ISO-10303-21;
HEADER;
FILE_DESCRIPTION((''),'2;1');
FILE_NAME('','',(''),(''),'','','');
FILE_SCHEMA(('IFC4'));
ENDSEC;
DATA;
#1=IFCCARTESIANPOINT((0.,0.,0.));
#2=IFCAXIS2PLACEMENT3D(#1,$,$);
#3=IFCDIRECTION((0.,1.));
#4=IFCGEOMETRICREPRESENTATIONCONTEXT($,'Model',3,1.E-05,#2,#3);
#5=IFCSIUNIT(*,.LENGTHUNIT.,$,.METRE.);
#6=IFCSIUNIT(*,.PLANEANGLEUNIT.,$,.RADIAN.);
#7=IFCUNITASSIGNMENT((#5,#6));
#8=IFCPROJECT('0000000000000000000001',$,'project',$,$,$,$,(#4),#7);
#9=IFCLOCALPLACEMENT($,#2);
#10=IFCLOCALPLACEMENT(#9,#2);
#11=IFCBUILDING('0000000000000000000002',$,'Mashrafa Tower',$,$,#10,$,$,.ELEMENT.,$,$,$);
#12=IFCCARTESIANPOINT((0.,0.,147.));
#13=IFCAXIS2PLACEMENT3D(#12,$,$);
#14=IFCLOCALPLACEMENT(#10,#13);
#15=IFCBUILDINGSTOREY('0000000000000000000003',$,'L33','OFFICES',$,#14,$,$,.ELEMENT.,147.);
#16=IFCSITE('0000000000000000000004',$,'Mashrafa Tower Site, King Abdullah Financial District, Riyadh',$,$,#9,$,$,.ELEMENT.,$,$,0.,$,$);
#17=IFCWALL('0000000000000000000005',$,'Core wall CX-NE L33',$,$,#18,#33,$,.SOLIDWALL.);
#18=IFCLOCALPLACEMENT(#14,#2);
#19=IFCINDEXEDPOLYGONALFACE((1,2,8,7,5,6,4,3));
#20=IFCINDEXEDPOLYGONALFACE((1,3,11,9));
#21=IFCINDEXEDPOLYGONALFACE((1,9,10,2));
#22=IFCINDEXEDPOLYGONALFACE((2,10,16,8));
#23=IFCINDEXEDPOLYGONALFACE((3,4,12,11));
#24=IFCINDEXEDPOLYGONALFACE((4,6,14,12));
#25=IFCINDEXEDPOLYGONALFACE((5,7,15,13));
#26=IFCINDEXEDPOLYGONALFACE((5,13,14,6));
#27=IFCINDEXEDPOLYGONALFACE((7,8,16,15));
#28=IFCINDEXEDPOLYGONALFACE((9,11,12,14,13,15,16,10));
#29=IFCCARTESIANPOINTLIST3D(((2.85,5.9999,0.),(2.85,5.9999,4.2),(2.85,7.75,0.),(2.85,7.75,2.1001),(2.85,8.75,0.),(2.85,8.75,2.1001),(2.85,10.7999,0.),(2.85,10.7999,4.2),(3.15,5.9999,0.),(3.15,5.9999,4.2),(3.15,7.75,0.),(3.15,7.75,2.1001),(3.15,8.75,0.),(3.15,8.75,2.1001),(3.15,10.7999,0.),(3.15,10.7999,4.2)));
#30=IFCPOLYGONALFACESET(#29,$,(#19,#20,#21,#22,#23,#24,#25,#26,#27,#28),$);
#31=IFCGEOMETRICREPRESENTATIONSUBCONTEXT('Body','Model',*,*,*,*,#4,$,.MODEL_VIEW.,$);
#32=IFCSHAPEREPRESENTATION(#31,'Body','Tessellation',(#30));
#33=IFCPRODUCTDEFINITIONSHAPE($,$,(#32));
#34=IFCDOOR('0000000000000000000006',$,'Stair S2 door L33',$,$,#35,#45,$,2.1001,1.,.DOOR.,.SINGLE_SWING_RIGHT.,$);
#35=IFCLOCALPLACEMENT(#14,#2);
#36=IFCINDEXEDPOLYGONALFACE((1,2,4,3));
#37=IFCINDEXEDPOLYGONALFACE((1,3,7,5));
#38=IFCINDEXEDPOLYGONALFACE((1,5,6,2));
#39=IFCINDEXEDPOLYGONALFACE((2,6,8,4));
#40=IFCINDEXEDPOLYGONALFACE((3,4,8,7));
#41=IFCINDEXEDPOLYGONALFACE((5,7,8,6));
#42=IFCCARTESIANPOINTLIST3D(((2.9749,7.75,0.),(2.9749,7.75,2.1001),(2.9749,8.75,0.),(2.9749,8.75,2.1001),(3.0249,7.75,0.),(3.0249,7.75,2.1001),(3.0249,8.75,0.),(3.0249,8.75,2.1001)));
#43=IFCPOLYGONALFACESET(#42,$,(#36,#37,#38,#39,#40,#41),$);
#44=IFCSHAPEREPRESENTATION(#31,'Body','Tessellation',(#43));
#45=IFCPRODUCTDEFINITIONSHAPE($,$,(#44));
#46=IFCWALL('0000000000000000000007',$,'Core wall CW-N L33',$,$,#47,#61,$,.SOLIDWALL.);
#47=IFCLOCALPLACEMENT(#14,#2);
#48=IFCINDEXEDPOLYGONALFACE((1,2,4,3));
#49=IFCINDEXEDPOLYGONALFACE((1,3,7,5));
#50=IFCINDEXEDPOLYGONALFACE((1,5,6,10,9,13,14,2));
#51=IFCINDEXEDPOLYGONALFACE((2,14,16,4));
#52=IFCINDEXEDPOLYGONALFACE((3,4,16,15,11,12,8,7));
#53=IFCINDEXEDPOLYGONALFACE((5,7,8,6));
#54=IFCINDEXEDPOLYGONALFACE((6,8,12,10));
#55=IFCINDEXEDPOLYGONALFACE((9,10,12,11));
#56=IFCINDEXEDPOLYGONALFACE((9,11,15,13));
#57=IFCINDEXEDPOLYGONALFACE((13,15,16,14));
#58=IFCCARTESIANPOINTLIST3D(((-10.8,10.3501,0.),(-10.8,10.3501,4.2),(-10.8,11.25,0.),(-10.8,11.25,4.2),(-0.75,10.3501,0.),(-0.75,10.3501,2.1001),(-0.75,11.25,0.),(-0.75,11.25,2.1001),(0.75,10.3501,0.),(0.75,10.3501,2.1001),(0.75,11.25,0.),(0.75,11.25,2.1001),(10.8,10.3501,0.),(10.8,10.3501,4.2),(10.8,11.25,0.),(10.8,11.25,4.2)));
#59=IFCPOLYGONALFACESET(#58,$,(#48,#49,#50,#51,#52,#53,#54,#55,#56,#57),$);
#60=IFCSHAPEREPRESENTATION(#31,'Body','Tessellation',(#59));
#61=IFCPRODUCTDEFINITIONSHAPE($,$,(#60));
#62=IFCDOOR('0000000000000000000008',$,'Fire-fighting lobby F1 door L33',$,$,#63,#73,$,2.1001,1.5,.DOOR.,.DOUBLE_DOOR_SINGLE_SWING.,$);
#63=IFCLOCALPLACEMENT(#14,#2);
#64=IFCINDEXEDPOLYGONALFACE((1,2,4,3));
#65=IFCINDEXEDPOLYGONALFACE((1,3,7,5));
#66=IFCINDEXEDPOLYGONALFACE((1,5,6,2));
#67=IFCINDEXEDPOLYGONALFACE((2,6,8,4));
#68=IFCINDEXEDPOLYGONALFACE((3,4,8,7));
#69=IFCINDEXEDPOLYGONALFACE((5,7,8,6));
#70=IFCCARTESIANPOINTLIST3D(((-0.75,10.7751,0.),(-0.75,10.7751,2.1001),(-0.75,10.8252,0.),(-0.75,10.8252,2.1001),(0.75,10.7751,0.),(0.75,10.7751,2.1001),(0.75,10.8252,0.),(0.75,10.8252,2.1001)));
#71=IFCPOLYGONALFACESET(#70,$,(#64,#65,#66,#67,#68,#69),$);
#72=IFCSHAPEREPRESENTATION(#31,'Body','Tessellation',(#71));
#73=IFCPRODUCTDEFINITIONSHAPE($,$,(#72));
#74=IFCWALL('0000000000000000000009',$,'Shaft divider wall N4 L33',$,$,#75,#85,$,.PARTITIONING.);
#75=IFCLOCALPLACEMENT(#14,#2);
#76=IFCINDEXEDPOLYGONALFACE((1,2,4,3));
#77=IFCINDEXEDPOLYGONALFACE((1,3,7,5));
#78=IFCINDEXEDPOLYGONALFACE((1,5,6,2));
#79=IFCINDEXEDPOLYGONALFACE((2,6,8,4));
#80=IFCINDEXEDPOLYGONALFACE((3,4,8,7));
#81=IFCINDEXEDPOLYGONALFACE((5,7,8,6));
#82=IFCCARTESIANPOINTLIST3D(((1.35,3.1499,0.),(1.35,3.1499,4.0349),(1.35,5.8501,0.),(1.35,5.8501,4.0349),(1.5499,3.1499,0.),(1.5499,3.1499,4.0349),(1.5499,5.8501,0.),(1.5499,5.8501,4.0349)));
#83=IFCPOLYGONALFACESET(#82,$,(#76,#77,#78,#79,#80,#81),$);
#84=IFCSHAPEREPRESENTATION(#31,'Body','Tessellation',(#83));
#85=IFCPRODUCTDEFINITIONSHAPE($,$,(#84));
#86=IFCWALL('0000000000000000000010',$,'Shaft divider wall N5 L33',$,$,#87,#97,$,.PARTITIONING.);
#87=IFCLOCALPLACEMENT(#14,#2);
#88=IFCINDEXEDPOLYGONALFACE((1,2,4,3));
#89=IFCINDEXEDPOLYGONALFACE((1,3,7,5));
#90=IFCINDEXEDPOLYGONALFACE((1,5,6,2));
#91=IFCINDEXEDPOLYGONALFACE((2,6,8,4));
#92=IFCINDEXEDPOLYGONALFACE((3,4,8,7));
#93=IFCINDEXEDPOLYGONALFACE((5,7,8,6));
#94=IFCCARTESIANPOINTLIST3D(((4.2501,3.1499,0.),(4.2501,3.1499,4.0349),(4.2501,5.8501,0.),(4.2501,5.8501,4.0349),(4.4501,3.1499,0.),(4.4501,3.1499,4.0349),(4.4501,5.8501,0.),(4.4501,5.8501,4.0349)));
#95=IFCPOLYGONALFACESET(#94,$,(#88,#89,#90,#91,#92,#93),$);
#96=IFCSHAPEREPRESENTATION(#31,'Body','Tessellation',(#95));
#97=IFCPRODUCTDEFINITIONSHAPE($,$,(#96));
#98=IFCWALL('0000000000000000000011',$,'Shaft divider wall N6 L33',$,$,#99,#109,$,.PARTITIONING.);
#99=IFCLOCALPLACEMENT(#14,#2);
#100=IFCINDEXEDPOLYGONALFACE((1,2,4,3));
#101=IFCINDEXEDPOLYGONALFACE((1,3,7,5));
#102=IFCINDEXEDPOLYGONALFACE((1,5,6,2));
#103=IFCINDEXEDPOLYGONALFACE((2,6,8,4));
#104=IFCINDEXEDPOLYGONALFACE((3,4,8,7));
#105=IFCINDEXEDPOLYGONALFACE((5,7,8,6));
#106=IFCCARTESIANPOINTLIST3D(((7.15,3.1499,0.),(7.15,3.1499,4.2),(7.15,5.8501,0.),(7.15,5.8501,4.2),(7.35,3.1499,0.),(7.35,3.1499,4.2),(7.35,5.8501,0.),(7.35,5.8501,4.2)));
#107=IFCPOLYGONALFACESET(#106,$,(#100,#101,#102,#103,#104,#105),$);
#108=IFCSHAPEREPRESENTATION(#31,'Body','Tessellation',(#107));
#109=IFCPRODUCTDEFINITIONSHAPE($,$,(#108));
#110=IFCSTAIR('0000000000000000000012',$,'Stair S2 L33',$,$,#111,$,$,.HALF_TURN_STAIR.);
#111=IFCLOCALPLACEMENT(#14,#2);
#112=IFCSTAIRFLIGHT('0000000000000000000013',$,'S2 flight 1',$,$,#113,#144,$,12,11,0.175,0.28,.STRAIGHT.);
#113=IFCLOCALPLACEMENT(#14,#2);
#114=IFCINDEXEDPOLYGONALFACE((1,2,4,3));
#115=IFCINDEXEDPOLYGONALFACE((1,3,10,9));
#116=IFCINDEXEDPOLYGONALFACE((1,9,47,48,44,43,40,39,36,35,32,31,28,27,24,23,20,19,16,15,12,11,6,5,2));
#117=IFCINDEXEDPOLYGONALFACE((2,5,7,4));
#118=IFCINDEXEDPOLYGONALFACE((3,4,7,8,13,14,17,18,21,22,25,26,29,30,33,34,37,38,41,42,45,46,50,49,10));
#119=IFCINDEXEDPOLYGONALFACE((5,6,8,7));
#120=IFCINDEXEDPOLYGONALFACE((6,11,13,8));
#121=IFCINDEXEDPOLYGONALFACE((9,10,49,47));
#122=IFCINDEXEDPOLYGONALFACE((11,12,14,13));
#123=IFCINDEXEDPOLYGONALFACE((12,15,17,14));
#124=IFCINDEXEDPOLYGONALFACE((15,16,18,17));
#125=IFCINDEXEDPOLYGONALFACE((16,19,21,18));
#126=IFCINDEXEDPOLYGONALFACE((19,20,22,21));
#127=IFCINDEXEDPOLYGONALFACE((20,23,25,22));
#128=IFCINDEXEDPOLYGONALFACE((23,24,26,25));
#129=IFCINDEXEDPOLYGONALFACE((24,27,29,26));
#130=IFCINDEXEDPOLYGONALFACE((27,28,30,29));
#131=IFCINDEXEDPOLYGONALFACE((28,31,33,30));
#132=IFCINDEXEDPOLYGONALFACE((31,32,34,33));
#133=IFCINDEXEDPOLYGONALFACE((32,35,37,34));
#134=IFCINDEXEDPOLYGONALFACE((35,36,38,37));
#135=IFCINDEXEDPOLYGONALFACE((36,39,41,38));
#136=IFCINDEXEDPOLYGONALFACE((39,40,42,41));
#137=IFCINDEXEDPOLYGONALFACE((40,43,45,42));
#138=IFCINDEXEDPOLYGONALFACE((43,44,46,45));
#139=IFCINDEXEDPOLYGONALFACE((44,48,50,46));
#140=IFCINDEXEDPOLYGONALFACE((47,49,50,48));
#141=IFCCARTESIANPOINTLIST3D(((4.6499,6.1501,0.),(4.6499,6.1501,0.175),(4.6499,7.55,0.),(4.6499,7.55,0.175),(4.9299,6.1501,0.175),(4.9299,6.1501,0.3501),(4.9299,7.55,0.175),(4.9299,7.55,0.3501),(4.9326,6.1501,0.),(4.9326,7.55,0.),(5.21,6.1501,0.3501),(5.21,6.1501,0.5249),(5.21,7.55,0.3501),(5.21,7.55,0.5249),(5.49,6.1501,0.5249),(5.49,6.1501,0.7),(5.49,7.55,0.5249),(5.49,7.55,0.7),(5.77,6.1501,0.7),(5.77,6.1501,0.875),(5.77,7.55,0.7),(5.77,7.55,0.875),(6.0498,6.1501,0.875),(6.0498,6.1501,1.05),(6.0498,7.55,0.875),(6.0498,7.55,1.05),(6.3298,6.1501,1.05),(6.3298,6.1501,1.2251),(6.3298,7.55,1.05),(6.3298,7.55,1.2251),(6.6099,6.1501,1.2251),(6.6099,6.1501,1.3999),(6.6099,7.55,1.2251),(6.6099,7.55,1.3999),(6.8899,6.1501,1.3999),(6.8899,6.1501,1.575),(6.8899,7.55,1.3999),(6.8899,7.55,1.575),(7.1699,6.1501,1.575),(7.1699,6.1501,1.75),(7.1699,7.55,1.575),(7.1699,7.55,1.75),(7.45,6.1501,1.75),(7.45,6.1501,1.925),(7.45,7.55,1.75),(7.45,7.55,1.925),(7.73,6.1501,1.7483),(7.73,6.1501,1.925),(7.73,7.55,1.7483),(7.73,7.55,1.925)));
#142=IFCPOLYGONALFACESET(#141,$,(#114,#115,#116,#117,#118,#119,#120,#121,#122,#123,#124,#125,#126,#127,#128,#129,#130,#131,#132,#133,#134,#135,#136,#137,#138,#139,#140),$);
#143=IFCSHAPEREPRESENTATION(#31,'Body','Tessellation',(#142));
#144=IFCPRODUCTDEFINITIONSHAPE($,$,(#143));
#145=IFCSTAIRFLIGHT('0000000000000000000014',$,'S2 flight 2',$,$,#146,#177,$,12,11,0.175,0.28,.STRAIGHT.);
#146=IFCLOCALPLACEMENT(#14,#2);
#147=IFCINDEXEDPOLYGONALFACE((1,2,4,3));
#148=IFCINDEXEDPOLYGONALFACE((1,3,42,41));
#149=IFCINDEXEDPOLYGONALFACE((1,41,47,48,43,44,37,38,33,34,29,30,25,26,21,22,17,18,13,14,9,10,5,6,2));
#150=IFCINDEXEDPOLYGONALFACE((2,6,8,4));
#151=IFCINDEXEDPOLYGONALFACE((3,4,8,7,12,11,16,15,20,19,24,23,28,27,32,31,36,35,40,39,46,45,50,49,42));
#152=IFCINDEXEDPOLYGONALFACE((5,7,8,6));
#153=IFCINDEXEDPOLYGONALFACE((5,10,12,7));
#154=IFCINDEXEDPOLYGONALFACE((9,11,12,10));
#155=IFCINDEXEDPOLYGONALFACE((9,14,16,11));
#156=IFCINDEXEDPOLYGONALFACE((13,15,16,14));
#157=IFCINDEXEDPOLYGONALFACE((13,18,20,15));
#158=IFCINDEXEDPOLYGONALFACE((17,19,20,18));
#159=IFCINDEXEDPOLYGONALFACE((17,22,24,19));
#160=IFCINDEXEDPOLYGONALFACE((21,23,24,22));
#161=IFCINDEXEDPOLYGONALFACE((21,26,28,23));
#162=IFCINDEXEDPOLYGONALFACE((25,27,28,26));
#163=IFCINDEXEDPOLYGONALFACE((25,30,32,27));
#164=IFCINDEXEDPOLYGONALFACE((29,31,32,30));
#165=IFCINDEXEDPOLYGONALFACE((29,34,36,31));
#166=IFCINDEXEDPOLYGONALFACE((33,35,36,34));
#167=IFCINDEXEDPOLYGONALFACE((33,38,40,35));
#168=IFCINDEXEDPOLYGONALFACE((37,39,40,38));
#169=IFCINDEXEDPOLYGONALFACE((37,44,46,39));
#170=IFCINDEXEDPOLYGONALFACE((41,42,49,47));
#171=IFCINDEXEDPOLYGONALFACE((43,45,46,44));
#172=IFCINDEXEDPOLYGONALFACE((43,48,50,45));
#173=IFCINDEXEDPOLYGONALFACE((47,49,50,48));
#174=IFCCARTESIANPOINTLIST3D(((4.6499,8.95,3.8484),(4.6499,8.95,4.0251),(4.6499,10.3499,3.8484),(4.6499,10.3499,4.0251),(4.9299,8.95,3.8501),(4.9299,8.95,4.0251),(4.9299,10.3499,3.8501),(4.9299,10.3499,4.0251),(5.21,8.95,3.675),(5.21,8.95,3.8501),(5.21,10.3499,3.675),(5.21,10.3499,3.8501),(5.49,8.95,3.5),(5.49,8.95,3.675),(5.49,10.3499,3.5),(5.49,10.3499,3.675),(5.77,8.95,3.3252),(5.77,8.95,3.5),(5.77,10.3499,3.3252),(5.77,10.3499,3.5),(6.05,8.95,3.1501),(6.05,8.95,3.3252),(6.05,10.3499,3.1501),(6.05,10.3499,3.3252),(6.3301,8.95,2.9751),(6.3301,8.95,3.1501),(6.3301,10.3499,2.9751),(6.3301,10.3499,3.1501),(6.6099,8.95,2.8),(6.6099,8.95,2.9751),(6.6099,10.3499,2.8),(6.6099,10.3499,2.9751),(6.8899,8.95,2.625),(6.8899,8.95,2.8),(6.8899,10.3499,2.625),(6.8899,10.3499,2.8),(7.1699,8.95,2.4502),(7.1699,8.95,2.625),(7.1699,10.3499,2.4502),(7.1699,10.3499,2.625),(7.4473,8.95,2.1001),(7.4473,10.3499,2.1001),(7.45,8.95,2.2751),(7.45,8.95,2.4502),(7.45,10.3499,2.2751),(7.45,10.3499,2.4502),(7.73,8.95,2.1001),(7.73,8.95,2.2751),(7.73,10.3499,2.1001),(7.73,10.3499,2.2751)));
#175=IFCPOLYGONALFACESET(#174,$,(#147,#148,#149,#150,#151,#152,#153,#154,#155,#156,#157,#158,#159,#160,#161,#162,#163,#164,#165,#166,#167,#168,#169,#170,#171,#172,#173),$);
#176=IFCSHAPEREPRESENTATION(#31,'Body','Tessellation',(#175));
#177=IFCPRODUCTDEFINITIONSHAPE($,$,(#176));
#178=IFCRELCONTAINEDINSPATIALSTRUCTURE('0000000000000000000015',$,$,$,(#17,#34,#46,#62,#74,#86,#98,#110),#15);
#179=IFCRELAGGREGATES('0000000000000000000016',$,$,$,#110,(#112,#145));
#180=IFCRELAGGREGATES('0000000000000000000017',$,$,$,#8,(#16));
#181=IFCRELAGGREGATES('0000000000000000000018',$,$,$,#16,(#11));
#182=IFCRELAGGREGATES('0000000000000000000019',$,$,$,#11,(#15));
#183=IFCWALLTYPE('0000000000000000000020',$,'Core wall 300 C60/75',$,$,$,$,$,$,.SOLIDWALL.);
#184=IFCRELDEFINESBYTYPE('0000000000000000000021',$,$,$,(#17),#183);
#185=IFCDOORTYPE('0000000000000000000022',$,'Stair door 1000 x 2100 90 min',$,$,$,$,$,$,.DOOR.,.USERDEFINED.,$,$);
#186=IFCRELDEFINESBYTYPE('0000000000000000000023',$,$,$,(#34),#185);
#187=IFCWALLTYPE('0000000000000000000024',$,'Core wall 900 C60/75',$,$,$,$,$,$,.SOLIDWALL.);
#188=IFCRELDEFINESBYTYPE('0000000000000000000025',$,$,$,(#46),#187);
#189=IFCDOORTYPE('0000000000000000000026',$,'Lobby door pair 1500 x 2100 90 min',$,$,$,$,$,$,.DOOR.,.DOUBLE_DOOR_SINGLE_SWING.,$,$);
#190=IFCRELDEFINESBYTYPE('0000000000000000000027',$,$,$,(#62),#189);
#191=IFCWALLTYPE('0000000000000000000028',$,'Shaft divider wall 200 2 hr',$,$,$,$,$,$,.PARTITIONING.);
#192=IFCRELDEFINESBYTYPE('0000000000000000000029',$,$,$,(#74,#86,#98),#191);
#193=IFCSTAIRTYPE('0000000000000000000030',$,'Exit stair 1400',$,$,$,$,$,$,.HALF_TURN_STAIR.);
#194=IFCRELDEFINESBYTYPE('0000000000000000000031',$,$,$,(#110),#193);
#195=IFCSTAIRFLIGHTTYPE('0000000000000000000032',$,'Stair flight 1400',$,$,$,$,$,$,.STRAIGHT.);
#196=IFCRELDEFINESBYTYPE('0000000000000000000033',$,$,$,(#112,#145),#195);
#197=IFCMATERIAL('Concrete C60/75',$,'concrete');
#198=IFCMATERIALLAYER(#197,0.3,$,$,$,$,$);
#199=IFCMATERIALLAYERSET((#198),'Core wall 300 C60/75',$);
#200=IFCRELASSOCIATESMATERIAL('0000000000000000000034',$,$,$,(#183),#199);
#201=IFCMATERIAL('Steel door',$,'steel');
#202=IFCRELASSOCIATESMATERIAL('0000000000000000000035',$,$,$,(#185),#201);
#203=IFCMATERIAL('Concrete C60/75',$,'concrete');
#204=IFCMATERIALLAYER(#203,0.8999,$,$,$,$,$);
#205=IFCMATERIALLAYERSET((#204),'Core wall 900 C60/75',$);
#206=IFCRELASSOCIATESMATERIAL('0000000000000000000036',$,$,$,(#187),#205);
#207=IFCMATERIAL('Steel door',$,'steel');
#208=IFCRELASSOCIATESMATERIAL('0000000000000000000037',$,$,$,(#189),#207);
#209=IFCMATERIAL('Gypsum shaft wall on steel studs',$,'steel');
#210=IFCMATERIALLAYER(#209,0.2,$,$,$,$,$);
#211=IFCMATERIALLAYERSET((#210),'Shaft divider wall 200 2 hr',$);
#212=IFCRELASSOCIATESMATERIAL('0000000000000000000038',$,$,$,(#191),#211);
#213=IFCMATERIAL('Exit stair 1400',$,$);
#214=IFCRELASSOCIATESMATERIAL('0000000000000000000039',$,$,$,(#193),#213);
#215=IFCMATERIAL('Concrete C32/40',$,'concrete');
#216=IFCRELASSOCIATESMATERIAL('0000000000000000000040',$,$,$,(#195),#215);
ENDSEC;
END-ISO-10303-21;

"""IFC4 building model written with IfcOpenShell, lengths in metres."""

from ifc_helpers import new_model, si_unit, direction, frame, frame_2d, origin, place, context, subcontext, project, spatial, polyline, rectangle, outline, extrude, material, layer, layer_set, type_object, element, fill, aggregate, save


model = new_model("IFC4")

# Units and contexts
model_context = context("Model", 3, precision=1e-05, world=origin(), true_north=direction((0.0, 1.0)))
body_context = subcontext(model_context, "Body", "Model", "MODEL_VIEW")
ifc_project = project(units=[si_unit("LENGTHUNIT", "METRE"), si_unit("PLANEANGLEUNIT", "RADIAN")], contexts=[model_context])

# Site, building, storey
site_placement = place(None, origin())
site = spatial("IfcSite", under=ifc_project, at=site_placement, Name="Mashrafa Tower Site, King Abdullah Financial District, Riyadh", CompositionType="ELEMENT", RefElevation=0.0)
building_placement = place(site_placement, origin())
building = spatial("IfcBuilding", under=site, at=building_placement, Name="Mashrafa Tower", CompositionType="ELEMENT")
storey_placement = place(building_placement, frame((0.0, 0.0, 147.0)))
storey = spatial("IfcBuildingStorey", under=building, at=storey_placement, Name="L33", Description="OFFICES", CompositionType="ELEMENT", Elevation=147.0)

# Walls, openings, doors
ifc_material_1 = material(Name="Concrete C60/75", Category="concrete")
ifc_layer_1 = layer(ifc_material_1, 0.3)
ifc_layer_set_1 = layer_set([ifc_layer_1], Name="Core wall 300 C60/75")
wall_type_1 = type_object("IfcWallType", Name="Core wall 300 C60/75", PredefinedType="SOLIDWALL", material=ifc_layer_set_1)
wall_1_placement = place(storey_placement, frame((3.0, 6.0, 0.0), z_axis=(0.0, 0.0, 1.0), x_axis=(0.0, 1.0, 0.0)))
wall_1 = element("IfcWall", 1, at=wall_1_placement, inside=storey, type_object=wall_type_1, Name="Core wall CX-NE L33", PredefinedType="SOLIDWALL", context=body_context, shape_type="SweptSolid", body=[
    extrude(rectangle(XDim=4.8, YDim=0.3, at=frame_2d((2.3999, 0.0))), origin(), (0.0, 0.0, 1.0), 4.2),
])
opening_1_placement = place(wall_1_placement, frame((1.75, 0.0, 0.0)))
opening_1 = element("IfcOpeningElement", 2, at=opening_1_placement, cuts=wall_1, PredefinedType="OPENING", context=body_context, shape_type="SweptSolid", body=[
    extrude(rectangle(XDim=1.0, YDim=2.1001, at=frame_2d((0.5, 1.05))), frame((0.0, 0.1599, 0.0), z_axis=(0.0, -1.0, 0.0), x_axis=(1.0, 0.0, 0.0)), (0.0, 0.0, 1.0), 0.3201),
])
ifc_material_2 = material(Name="Steel door", Category="steel")
door_type_1 = type_object("IfcDoorType", Name="Stair door 1000 x 2100 90 min", OperationType="USERDEFINED", PredefinedType="DOOR", material=ifc_material_2)
door_1_placement = place(opening_1_placement, frame((1.0, 0.0, 0.0), z_axis=(0.0, 0.0, 1.0), x_axis=(-1.0, 0.0, 0.0)))
door_1 = element("IfcDoor", 3, at=door_1_placement, inside=storey, type_object=door_type_1, Name="Stair S2 door L33", OperationType="SINGLE_SWING_RIGHT", OverallHeight=2.1001, OverallWidth=1.0, PredefinedType="DOOR", context=body_context, shape_type="SweptSolid", body=[
    extrude(rectangle(XDim=1.0, YDim=2.1001, at=frame_2d((0.5, 1.05))), frame((0.0, 0.0249, 0.0), z_axis=(0.0, -1.0, 0.0), x_axis=(1.0, 0.0, 0.0)), (0.0, 0.0, 1.0), 0.05),
])
fill(opening_1, door_1)
ifc_material_3 = material(Name="Concrete C60/75", Category="concrete")
ifc_layer_2 = layer(ifc_material_3, 0.8999)
ifc_layer_set_2 = layer_set([ifc_layer_2], Name="Core wall 900 C60/75")
wall_type_2 = type_object("IfcWallType", Name="Core wall 900 C60/75", PredefinedType="SOLIDWALL", material=ifc_layer_set_2)
wall_2_placement = place(storey_placement, frame((10.8, 10.8, 0.0), z_axis=(0.0, 0.0, 1.0), x_axis=(-1.0, 0.0, 0.0)))
wall_2 = element("IfcWall", 4, at=wall_2_placement, inside=storey, type_object=wall_type_2, Name="Core wall CW-N L33", PredefinedType="SOLIDWALL", context=body_context, shape_type="SweptSolid", body=[
    extrude(rectangle(XDim=21.6001, YDim=0.8999, at=frame_2d((10.8, 0.0))), origin(), (0.0, 0.0, 1.0), 4.2),
])
opening_2_placement = place(wall_2_placement, frame((10.05, 0.0, 0.0)))
opening_2 = element("IfcOpeningElement", 5, at=opening_2_placement, cuts=wall_2, PredefinedType="OPENING", context=body_context, shape_type="SweptSolid", body=[
    extrude(rectangle(XDim=1.5, YDim=2.1001, at=frame_2d((0.75, 1.05))), frame((0.0, 0.46, 0.0), z_axis=(0.0, -1.0, 0.0), x_axis=(1.0, 0.0, 0.0)), (0.0, 0.0, 1.0), 0.9199),
])
ifc_material_4 = material(Name="Steel door", Category="steel")
door_type_2 = type_object("IfcDoorType", Name="Lobby door pair 1500 x 2100 90 min", OperationType="DOUBLE_DOOR_SINGLE_SWING", PredefinedType="DOOR", material=ifc_material_4)
door_2_placement = place(opening_2_placement, origin())
door_2 = element("IfcDoor", 6, at=door_2_placement, inside=storey, type_object=door_type_2, Name="Fire-fighting lobby F1 door L33", OperationType="DOUBLE_DOOR_SINGLE_SWING", OverallHeight=2.1001, OverallWidth=1.5, PredefinedType="DOOR", context=body_context, shape_type="SweptSolid", body=[
    extrude(rectangle(XDim=1.5, YDim=2.1001, at=frame_2d((0.75, 1.05))), frame((0.0, 0.0249, 0.0), z_axis=(0.0, -1.0, 0.0), x_axis=(1.0, 0.0, 0.0)), (0.0, 0.0, 1.0), 0.05),
])
fill(opening_2, door_2)

# Walls
ifc_material_5 = material(Name="Gypsum shaft wall on steel studs", Category="steel")
ifc_layer_3 = layer(ifc_material_5, 0.2)
ifc_layer_set_3 = layer_set([ifc_layer_3], Name="Shaft divider wall 200 2 hr")
wall_type_3 = type_object("IfcWallType", Name="Shaft divider wall 200 2 hr", PredefinedType="PARTITIONING", material=ifc_layer_set_3)
for number, where, z_axis, x_axis, name in (
    (7, (1.45, 3.1499, 0.0), (0.0, 0.0, 1.0), (0.0, 1.0, 0.0), "Shaft divider wall N4 L33"),
    (8, (4.3501, 3.1499, 0.0), (0.0, 0.0, 1.0), (0.0, 1.0, 0.0), "Shaft divider wall N5 L33"),
):
    element("IfcWall", number, at=place(storey_placement, frame(where, z_axis=z_axis, x_axis=x_axis)), inside=storey, type_object=wall_type_3, Name=name, PredefinedType="PARTITIONING", context=body_context, shape_type="SweptSolid", body=[
        extrude(rectangle(XDim=2.7002, YDim=0.2, at=frame_2d((1.3501, 0.0))), origin(), (0.0, 0.0, 1.0), 4.0349),
    ])
wall_3_placement = place(storey_placement, frame((7.25, 3.1499, 0.0), z_axis=(0.0, 0.0, 1.0), x_axis=(0.0, 1.0, 0.0)))
element("IfcWall", 9, at=wall_3_placement, inside=storey, type_object=wall_type_3, Name="Shaft divider wall N6 L33", PredefinedType="PARTITIONING", context=body_context, shape_type="SweptSolid", body=[
    extrude(rectangle(XDim=2.7002, YDim=0.2, at=frame_2d((1.3501, 0.0))), origin(), (0.0, 0.0, 1.0), 4.2),
])

# Stair, stair flights
ifc_material_6 = material(Name="Exit stair 1400")
stair_type = type_object("IfcStairType", Name="Exit stair 1400", PredefinedType="HALF_TURN_STAIR", material=ifc_material_6)
stair_placement = place(storey_placement, origin())
stair = element("IfcStair", 10, at=stair_placement, inside=storey, type_object=stair_type, Name="Stair S2 L33", PredefinedType="HALF_TURN_STAIR")
ifc_material_7 = material(Name="Concrete C32/40", Category="concrete")
stair_flight_type = type_object("IfcStairFlightType", Name="Stair flight 1400", PredefinedType="STRAIGHT", material=ifc_material_7)
stair_flight_1_placement = place(storey_placement, frame((4.6499, 6.8501, 0.0), z_axis=(0.0, 0.0, 1.0), x_axis=(1.0, 0.0, 0.0)))
stair_flight_1 = element("IfcStairFlight", 11, at=stair_flight_1_placement, type_object=stair_flight_type, Name="S2 flight 1", NumberOfRisers=12, NumberOfTreads=11, PredefinedType="STRAIGHT", RiserHeight=0.175, TreadLength=0.28, context=body_context, shape_type="SweptSolid", body=[
    extrude(outline(polyline([(0.0, 0.0), (0.0, 0.175), (0.28, 0.175), (0.28, 0.3501), (0.5601, 0.3501), (0.5601, 0.5249), (0.8401, 0.5249), (0.8401, 0.7), (1.1201, 0.7), (1.1201, 0.875), (1.3999, 0.875), (1.3999, 1.05), (1.6799, 1.05), (1.6799, 1.2251), (1.96, 1.2251), (1.96, 1.3999), (2.24, 1.3999), (2.24, 1.575), (2.52, 1.575), (2.52, 1.75), (2.8, 1.75), (2.8, 1.925), (3.0801, 1.925), (3.0801, 2.1001), (3.0801, 1.7483), (0.2827, 0.0), (0.0, 0.0)])), frame((0.0, 0.7, 0.0), z_axis=(0.0, -1.0, 0.0), x_axis=(1.0, 0.0, 0.0)), (0.0, 0.0, 1.0), 1.3999),
])
stair_flight_2_placement = place(storey_placement, frame((7.73, 9.6499, 2.1001), z_axis=(0.0, 0.0, 1.0), x_axis=(-1.0, 0.0, 0.0)))
stair_flight_2 = element("IfcStairFlight", 12, at=stair_flight_2_placement, type_object=stair_flight_type, Name="S2 flight 2", NumberOfRisers=12, NumberOfTreads=11, PredefinedType="STRAIGHT", RiserHeight=0.175, TreadLength=0.28, context=body_context, shape_type="SweptSolid", body=[
    extrude(outline(polyline([(0.0, 0.0), (0.0, 0.175), (0.28, 0.175), (0.28, 0.3501), (0.5601, 0.3501), (0.5601, 0.5249), (0.8401, 0.5249), (0.8401, 0.7), (1.1201, 0.7), (1.1201, 0.875), (1.3999, 0.875), (1.3999, 1.05), (1.6799, 1.05), (1.6799, 1.2251), (1.96, 1.2251), (1.96, 1.3999), (2.24, 1.3999), (2.24, 1.575), (2.52, 1.575), (2.52, 1.75), (2.8, 1.75), (2.8, 1.925), (3.0801, 1.925), (3.0801, 2.1001), (3.0801, 1.7483), (0.2827, 0.0), (0.0, 0.0)])), frame((0.0, 0.7, 0.0), z_axis=(0.0, -1.0, 0.0), x_axis=(1.0, 0.0, 0.0)), (0.0, 0.0, 1.0), 1.3999),
])
aggregate(stair, [stair_flight_1, stair_flight_2])

save(model, "model.ifc")
